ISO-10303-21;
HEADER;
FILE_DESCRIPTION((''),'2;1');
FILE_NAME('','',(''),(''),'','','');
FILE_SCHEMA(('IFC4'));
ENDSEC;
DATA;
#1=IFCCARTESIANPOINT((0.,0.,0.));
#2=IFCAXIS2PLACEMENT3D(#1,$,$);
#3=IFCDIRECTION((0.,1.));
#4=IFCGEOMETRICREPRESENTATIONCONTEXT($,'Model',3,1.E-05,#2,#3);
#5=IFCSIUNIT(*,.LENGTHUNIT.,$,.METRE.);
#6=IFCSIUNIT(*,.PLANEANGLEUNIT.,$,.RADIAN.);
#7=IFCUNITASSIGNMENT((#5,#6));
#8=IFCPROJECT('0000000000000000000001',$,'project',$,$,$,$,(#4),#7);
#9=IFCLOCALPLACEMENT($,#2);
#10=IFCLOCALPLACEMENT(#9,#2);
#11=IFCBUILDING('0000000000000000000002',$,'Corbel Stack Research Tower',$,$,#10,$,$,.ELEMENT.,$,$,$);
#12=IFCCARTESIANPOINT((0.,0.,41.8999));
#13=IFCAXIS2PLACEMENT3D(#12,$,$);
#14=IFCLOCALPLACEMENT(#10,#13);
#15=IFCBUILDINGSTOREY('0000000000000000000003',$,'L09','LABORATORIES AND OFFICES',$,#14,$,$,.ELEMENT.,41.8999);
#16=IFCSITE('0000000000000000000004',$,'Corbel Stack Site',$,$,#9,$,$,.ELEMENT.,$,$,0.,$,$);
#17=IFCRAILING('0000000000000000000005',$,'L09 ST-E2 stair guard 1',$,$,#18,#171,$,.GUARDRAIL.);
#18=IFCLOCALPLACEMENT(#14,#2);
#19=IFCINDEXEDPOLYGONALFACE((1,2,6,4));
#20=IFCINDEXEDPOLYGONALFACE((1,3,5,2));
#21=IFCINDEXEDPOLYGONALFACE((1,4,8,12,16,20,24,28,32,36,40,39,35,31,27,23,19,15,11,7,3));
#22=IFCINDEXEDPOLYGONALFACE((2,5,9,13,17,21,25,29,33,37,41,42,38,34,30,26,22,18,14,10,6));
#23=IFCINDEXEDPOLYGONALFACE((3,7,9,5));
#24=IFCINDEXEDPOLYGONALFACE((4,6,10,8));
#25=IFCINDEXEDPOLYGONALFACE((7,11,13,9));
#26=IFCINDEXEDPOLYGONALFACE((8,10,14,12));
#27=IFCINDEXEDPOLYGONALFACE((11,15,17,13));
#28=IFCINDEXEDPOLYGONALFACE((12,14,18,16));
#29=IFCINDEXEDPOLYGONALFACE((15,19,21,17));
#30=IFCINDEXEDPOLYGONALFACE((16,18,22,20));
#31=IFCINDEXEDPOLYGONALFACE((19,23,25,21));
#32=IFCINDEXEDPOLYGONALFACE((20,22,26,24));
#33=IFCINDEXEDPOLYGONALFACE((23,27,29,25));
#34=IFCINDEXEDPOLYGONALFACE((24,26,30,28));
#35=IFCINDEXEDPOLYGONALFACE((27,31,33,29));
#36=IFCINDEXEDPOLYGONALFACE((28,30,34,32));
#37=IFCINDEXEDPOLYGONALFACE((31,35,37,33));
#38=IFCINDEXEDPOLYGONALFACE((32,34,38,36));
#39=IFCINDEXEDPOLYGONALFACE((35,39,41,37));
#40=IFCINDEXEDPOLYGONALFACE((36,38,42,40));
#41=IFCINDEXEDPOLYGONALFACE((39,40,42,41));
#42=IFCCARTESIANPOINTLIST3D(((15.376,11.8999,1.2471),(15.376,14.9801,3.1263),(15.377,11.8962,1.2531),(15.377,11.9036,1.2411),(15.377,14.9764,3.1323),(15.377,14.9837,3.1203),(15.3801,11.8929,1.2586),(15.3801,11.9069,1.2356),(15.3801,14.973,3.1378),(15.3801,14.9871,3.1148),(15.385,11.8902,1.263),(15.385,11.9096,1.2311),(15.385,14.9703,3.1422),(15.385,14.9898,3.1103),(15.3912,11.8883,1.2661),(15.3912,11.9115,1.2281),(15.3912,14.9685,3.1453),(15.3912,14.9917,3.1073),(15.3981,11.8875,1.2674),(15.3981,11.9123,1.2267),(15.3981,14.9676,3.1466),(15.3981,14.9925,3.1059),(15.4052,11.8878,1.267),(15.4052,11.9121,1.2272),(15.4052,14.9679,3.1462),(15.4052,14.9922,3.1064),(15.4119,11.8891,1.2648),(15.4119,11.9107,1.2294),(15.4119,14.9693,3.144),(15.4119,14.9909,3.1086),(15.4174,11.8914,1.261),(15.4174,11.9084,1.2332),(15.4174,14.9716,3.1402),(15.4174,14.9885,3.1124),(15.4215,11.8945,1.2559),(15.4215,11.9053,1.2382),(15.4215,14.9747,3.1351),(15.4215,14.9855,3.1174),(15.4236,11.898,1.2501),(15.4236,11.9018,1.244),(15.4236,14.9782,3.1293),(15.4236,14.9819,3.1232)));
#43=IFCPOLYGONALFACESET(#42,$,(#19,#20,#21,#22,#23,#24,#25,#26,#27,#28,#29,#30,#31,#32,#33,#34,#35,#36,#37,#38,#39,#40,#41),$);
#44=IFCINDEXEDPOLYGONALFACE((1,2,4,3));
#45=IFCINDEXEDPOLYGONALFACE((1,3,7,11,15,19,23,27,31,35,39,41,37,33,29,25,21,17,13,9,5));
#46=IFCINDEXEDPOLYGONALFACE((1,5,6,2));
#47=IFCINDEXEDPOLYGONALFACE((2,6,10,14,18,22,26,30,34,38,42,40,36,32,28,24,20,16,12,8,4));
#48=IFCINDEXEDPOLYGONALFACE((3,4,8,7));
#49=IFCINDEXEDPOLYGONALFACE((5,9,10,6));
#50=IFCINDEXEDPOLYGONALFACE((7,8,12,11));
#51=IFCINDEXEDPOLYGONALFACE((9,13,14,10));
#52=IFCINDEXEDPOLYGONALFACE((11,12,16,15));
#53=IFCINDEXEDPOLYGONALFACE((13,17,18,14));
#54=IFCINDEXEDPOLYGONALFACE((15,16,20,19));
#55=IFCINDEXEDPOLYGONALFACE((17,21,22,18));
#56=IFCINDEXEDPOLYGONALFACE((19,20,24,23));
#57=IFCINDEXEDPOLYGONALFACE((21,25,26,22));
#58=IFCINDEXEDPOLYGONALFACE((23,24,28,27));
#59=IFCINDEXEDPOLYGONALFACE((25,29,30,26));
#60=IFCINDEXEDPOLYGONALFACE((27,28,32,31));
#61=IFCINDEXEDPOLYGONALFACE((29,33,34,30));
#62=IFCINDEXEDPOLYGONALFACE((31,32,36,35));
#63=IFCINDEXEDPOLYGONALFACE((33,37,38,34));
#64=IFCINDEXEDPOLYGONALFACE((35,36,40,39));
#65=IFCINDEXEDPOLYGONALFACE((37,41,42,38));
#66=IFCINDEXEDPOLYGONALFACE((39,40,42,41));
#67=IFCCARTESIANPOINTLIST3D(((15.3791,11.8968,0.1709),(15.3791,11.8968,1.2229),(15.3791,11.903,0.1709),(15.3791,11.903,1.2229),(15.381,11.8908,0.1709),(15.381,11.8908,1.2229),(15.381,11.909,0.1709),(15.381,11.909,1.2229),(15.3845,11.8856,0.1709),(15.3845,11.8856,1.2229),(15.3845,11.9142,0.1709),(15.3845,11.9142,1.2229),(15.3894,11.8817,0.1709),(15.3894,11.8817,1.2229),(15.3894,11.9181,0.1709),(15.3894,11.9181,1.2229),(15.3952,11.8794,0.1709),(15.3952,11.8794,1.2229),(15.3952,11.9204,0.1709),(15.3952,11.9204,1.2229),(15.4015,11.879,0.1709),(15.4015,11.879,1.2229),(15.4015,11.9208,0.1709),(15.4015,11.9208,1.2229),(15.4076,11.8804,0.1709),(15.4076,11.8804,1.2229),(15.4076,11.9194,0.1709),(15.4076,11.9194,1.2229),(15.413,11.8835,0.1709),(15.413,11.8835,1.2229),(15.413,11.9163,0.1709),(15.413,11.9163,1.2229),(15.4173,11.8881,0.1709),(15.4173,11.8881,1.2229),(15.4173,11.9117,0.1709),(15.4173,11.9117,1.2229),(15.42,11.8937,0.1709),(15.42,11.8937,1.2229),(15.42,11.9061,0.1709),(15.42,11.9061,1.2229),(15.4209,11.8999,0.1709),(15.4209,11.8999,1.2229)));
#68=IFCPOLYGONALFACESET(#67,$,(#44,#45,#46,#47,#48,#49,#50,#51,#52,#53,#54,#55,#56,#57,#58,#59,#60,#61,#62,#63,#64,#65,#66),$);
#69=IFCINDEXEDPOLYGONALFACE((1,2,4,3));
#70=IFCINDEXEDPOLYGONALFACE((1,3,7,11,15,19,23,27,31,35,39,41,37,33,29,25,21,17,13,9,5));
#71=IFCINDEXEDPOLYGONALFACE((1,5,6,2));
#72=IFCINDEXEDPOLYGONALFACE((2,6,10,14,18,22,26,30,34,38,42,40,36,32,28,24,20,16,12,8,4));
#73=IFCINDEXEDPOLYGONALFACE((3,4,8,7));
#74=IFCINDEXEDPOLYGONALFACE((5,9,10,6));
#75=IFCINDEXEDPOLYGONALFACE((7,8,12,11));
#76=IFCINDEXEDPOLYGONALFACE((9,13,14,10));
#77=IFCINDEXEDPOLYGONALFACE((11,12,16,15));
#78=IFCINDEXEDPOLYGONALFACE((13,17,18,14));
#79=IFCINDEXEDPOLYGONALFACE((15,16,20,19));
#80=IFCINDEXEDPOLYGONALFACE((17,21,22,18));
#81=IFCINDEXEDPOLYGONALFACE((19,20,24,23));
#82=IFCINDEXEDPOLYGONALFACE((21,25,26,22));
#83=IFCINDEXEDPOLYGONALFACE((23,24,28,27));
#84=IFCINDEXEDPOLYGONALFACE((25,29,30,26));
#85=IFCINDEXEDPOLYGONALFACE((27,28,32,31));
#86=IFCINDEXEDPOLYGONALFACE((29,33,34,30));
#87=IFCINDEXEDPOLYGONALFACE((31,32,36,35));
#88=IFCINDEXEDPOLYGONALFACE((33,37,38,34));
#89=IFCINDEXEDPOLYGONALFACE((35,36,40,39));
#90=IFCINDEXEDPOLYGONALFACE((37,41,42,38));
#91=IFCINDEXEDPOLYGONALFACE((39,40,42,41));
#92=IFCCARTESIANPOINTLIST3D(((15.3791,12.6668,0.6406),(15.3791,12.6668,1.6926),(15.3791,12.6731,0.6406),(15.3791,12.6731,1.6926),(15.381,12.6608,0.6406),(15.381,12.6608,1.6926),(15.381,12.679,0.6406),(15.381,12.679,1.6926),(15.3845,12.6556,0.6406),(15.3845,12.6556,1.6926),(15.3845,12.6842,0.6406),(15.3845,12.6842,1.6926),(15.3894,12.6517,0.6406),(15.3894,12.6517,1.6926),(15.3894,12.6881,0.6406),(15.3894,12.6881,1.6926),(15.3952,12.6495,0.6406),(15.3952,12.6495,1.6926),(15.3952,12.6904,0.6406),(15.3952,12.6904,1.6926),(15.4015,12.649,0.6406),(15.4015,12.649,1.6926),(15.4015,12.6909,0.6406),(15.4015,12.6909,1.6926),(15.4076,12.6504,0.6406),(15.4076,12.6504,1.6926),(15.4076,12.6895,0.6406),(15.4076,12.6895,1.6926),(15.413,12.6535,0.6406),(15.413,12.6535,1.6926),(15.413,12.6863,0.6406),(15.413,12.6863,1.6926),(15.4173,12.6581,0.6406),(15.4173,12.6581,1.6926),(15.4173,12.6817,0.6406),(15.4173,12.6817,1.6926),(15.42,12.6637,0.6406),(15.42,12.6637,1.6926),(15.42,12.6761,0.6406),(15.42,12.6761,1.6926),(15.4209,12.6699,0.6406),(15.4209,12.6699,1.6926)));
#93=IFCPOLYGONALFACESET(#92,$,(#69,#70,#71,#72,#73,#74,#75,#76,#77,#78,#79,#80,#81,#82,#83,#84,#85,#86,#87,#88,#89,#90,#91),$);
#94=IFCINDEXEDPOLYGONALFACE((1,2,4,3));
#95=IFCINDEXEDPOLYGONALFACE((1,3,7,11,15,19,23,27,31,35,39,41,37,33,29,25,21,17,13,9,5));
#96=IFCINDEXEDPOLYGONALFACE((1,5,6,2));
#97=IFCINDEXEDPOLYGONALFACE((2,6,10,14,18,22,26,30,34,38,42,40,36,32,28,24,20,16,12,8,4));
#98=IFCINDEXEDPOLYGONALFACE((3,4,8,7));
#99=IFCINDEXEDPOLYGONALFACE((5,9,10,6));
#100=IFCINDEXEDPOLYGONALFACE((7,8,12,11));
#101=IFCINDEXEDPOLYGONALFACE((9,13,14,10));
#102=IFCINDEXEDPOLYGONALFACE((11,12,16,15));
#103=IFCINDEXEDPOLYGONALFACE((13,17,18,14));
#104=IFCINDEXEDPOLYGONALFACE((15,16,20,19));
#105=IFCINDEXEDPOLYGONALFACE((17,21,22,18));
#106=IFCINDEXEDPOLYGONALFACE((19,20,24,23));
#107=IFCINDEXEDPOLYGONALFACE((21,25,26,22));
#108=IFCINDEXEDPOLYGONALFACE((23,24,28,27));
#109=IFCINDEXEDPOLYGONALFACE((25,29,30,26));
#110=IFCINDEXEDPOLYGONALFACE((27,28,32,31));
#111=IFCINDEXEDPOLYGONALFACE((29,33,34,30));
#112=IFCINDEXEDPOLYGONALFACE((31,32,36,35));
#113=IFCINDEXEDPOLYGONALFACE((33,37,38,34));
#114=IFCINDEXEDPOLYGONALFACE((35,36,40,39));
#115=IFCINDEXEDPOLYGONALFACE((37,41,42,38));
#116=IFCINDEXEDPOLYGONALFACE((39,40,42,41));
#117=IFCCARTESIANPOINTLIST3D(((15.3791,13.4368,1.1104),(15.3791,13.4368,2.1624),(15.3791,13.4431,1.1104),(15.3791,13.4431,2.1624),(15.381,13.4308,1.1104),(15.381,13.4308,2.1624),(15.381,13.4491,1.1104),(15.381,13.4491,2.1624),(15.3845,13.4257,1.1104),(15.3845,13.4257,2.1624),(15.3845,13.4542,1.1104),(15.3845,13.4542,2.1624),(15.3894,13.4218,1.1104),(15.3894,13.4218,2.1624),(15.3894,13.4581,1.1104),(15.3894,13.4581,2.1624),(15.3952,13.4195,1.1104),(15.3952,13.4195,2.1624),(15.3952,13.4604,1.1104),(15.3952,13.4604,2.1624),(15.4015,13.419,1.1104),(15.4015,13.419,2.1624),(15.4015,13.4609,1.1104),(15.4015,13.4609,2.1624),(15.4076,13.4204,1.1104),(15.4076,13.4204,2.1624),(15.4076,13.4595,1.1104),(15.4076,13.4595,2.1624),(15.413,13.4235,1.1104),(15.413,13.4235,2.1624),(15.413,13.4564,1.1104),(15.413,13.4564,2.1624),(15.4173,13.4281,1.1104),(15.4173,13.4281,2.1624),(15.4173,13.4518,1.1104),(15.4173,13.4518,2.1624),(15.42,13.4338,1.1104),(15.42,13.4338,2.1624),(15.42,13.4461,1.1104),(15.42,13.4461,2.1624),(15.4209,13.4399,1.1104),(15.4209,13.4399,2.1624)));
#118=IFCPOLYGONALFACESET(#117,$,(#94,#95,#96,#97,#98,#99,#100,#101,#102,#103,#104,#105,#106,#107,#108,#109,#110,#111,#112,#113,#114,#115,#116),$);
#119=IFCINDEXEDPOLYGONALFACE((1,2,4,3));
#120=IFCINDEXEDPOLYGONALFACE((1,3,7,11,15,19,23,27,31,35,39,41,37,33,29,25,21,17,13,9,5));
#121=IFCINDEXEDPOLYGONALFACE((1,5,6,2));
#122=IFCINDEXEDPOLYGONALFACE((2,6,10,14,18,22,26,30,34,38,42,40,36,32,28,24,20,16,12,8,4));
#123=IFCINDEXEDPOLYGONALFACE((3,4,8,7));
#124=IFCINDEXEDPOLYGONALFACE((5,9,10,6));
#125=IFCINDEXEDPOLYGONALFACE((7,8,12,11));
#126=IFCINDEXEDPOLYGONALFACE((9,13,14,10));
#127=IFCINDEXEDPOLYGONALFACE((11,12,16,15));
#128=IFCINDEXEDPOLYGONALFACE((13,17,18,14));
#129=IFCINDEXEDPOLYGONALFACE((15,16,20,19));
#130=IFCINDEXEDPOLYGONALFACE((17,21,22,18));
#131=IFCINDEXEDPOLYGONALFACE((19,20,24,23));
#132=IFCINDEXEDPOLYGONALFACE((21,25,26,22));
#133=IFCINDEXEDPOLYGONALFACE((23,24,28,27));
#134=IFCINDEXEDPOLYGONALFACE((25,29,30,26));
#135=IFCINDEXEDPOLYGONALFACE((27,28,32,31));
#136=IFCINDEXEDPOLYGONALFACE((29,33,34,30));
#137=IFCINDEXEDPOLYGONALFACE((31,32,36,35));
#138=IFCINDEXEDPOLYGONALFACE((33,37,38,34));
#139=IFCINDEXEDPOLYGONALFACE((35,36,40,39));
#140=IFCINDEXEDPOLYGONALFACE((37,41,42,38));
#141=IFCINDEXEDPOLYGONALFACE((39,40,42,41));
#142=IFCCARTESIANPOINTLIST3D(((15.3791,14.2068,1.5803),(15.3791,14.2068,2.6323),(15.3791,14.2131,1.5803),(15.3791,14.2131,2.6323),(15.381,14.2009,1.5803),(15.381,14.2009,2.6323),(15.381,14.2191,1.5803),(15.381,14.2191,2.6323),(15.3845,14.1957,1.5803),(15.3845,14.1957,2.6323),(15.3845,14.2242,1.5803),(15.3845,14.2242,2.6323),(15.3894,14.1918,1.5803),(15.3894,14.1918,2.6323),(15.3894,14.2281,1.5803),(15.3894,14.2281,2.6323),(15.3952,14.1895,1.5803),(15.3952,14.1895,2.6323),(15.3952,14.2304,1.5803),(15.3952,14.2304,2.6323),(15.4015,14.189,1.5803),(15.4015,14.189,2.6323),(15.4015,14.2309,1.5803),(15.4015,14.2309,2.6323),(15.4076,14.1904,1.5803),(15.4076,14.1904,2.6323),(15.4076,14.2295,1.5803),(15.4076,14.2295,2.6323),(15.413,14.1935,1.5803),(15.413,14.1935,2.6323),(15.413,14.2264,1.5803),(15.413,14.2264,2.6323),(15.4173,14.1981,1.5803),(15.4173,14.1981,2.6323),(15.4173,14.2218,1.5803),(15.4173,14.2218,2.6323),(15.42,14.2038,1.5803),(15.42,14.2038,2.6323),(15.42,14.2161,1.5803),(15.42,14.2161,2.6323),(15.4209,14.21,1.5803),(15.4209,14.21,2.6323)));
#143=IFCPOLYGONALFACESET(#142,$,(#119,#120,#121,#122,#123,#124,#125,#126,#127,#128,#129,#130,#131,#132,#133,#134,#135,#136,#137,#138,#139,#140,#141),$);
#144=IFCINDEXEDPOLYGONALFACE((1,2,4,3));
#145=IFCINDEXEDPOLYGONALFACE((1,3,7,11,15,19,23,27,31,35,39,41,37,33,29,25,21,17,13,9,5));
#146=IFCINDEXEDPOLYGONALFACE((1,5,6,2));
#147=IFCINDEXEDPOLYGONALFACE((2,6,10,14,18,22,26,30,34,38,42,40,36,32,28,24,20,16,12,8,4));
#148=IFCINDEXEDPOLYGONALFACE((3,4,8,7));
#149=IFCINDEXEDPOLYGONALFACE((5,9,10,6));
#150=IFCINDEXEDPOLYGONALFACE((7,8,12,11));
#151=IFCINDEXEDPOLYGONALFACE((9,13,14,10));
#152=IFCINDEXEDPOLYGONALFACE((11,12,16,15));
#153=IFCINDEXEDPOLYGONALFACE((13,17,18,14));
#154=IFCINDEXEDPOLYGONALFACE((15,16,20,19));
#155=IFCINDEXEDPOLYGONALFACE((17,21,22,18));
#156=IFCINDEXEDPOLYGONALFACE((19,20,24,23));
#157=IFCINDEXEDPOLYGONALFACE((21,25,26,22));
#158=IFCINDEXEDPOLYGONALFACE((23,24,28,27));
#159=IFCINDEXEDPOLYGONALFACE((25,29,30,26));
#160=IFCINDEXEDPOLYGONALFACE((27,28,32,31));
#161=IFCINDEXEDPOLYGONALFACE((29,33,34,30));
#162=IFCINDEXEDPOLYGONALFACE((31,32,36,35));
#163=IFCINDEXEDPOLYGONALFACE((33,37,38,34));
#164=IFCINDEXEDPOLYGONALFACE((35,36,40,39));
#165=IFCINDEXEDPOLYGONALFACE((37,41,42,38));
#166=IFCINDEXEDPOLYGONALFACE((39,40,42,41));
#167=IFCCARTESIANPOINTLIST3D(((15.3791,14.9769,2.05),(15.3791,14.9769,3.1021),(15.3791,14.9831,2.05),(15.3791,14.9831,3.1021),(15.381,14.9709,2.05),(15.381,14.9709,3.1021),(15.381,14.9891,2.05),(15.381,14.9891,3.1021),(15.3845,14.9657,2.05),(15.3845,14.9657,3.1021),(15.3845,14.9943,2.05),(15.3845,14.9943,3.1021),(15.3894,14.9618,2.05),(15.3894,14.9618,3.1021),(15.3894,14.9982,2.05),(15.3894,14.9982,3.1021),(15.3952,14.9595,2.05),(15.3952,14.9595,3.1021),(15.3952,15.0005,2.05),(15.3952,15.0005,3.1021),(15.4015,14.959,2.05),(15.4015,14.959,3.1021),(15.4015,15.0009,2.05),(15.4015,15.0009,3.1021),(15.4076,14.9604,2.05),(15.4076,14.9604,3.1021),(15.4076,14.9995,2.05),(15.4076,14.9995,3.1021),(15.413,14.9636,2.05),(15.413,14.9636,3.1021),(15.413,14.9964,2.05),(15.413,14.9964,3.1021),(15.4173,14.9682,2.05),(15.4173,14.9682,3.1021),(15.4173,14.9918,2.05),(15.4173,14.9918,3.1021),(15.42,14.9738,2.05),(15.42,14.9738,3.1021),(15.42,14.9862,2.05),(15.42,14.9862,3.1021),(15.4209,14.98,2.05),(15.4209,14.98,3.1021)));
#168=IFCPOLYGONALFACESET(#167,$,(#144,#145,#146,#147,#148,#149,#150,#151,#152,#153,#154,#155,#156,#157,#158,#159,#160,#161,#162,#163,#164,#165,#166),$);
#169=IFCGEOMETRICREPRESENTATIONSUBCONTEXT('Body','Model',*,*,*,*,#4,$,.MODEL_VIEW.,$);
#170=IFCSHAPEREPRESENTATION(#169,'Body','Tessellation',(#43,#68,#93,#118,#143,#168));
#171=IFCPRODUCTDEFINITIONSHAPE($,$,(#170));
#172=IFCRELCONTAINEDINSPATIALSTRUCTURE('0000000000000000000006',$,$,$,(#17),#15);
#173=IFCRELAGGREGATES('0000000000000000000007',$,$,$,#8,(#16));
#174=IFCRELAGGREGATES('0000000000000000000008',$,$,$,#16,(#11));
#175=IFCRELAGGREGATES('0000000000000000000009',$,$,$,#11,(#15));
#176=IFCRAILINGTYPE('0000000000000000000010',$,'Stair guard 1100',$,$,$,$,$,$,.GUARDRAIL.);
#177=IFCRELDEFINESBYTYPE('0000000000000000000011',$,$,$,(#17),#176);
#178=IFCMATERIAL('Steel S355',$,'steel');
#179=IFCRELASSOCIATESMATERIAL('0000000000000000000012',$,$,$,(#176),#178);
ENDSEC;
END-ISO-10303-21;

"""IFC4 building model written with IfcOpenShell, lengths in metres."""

from ifc_helpers import new_model, si_unit, direction, frame, origin, origin_2d, place, context, subcontext, project, spatial, circle, extrude, material, type_object, element, save


model = new_model("IFC4")

# Units and contexts
model_context = context("Model", 3, precision=1e-05, world=origin(), true_north=direction((0.0, 1.0)))
body_context = subcontext(model_context, "Body", "Model", "MODEL_VIEW")
ifc_project = project(units=[si_unit("LENGTHUNIT", "METRE"), si_unit("PLANEANGLEUNIT", "RADIAN")], contexts=[model_context])

# Site, building, storey
site_placement = place(None, origin())
site = spatial("IfcSite", under=ifc_project, at=site_placement, Name="Corbel Stack Site", CompositionType="ELEMENT", RefElevation=0.0)
building_placement = place(site_placement, origin())
building = spatial("IfcBuilding", under=site, at=building_placement, Name="Corbel Stack Research Tower", CompositionType="ELEMENT")
storey_placement = place(building_placement, frame((0.0, 0.0, 41.8999)))
storey = spatial("IfcBuildingStorey", under=building, at=storey_placement, Name="L09", Description="LABORATORIES AND OFFICES", CompositionType="ELEMENT", Elevation=41.8999)

# Railing
ifc_material_1 = material(Name="Steel S355", Category="steel")
railing_type_1 = type_object("IfcRailingType", Name="Stair guard 1100", PredefinedType="GUARDRAIL", material=ifc_material_1)
railing_1_placement = place(storey_placement, frame((15.3999, 11.8999, 0.1709)))
element("IfcRailing", 1, at=railing_1_placement, inside=storey, type_object=railing_type_1, Name="L09 ST-E2 stair guard 1", PredefinedType="GUARDRAIL", context=body_context, shape_type="SweptSolid", body=[
    extrude(circle(Radius=0.0239, at=origin_2d()), frame((0.0, 0.0, 1.0762), z_axis=(0.0, 0.853666, 0.52082), x_axis=(-1.0, 0.0, 0.0)), (0.0, 0.0, 1.0), 3.6082),
    extrude(circle(Radius=0.021, at=origin_2d()), origin(), (0.0, 0.0, 1.0), 1.052),
    extrude(circle(Radius=0.021, at=origin_2d()), frame((0.0, 0.77, 0.4697)), (0.0, 0.0, 1.0), 1.052),
    extrude(circle(Radius=0.021, at=origin_2d()), frame((0.0, 1.54, 0.9395)), (0.0, 0.0, 1.0), 1.052),
    extrude(circle(Radius=0.021, at=origin_2d()), frame((0.0, 2.3101, 1.4094)), (0.0, 0.0, 1.0), 1.052),
    extrude(circle(Radius=0.021, at=origin_2d()), frame((0.0, 3.0801, 1.8792)), (0.0, 0.0, 1.0), 1.052),
])

save(model, "model.ifc")
